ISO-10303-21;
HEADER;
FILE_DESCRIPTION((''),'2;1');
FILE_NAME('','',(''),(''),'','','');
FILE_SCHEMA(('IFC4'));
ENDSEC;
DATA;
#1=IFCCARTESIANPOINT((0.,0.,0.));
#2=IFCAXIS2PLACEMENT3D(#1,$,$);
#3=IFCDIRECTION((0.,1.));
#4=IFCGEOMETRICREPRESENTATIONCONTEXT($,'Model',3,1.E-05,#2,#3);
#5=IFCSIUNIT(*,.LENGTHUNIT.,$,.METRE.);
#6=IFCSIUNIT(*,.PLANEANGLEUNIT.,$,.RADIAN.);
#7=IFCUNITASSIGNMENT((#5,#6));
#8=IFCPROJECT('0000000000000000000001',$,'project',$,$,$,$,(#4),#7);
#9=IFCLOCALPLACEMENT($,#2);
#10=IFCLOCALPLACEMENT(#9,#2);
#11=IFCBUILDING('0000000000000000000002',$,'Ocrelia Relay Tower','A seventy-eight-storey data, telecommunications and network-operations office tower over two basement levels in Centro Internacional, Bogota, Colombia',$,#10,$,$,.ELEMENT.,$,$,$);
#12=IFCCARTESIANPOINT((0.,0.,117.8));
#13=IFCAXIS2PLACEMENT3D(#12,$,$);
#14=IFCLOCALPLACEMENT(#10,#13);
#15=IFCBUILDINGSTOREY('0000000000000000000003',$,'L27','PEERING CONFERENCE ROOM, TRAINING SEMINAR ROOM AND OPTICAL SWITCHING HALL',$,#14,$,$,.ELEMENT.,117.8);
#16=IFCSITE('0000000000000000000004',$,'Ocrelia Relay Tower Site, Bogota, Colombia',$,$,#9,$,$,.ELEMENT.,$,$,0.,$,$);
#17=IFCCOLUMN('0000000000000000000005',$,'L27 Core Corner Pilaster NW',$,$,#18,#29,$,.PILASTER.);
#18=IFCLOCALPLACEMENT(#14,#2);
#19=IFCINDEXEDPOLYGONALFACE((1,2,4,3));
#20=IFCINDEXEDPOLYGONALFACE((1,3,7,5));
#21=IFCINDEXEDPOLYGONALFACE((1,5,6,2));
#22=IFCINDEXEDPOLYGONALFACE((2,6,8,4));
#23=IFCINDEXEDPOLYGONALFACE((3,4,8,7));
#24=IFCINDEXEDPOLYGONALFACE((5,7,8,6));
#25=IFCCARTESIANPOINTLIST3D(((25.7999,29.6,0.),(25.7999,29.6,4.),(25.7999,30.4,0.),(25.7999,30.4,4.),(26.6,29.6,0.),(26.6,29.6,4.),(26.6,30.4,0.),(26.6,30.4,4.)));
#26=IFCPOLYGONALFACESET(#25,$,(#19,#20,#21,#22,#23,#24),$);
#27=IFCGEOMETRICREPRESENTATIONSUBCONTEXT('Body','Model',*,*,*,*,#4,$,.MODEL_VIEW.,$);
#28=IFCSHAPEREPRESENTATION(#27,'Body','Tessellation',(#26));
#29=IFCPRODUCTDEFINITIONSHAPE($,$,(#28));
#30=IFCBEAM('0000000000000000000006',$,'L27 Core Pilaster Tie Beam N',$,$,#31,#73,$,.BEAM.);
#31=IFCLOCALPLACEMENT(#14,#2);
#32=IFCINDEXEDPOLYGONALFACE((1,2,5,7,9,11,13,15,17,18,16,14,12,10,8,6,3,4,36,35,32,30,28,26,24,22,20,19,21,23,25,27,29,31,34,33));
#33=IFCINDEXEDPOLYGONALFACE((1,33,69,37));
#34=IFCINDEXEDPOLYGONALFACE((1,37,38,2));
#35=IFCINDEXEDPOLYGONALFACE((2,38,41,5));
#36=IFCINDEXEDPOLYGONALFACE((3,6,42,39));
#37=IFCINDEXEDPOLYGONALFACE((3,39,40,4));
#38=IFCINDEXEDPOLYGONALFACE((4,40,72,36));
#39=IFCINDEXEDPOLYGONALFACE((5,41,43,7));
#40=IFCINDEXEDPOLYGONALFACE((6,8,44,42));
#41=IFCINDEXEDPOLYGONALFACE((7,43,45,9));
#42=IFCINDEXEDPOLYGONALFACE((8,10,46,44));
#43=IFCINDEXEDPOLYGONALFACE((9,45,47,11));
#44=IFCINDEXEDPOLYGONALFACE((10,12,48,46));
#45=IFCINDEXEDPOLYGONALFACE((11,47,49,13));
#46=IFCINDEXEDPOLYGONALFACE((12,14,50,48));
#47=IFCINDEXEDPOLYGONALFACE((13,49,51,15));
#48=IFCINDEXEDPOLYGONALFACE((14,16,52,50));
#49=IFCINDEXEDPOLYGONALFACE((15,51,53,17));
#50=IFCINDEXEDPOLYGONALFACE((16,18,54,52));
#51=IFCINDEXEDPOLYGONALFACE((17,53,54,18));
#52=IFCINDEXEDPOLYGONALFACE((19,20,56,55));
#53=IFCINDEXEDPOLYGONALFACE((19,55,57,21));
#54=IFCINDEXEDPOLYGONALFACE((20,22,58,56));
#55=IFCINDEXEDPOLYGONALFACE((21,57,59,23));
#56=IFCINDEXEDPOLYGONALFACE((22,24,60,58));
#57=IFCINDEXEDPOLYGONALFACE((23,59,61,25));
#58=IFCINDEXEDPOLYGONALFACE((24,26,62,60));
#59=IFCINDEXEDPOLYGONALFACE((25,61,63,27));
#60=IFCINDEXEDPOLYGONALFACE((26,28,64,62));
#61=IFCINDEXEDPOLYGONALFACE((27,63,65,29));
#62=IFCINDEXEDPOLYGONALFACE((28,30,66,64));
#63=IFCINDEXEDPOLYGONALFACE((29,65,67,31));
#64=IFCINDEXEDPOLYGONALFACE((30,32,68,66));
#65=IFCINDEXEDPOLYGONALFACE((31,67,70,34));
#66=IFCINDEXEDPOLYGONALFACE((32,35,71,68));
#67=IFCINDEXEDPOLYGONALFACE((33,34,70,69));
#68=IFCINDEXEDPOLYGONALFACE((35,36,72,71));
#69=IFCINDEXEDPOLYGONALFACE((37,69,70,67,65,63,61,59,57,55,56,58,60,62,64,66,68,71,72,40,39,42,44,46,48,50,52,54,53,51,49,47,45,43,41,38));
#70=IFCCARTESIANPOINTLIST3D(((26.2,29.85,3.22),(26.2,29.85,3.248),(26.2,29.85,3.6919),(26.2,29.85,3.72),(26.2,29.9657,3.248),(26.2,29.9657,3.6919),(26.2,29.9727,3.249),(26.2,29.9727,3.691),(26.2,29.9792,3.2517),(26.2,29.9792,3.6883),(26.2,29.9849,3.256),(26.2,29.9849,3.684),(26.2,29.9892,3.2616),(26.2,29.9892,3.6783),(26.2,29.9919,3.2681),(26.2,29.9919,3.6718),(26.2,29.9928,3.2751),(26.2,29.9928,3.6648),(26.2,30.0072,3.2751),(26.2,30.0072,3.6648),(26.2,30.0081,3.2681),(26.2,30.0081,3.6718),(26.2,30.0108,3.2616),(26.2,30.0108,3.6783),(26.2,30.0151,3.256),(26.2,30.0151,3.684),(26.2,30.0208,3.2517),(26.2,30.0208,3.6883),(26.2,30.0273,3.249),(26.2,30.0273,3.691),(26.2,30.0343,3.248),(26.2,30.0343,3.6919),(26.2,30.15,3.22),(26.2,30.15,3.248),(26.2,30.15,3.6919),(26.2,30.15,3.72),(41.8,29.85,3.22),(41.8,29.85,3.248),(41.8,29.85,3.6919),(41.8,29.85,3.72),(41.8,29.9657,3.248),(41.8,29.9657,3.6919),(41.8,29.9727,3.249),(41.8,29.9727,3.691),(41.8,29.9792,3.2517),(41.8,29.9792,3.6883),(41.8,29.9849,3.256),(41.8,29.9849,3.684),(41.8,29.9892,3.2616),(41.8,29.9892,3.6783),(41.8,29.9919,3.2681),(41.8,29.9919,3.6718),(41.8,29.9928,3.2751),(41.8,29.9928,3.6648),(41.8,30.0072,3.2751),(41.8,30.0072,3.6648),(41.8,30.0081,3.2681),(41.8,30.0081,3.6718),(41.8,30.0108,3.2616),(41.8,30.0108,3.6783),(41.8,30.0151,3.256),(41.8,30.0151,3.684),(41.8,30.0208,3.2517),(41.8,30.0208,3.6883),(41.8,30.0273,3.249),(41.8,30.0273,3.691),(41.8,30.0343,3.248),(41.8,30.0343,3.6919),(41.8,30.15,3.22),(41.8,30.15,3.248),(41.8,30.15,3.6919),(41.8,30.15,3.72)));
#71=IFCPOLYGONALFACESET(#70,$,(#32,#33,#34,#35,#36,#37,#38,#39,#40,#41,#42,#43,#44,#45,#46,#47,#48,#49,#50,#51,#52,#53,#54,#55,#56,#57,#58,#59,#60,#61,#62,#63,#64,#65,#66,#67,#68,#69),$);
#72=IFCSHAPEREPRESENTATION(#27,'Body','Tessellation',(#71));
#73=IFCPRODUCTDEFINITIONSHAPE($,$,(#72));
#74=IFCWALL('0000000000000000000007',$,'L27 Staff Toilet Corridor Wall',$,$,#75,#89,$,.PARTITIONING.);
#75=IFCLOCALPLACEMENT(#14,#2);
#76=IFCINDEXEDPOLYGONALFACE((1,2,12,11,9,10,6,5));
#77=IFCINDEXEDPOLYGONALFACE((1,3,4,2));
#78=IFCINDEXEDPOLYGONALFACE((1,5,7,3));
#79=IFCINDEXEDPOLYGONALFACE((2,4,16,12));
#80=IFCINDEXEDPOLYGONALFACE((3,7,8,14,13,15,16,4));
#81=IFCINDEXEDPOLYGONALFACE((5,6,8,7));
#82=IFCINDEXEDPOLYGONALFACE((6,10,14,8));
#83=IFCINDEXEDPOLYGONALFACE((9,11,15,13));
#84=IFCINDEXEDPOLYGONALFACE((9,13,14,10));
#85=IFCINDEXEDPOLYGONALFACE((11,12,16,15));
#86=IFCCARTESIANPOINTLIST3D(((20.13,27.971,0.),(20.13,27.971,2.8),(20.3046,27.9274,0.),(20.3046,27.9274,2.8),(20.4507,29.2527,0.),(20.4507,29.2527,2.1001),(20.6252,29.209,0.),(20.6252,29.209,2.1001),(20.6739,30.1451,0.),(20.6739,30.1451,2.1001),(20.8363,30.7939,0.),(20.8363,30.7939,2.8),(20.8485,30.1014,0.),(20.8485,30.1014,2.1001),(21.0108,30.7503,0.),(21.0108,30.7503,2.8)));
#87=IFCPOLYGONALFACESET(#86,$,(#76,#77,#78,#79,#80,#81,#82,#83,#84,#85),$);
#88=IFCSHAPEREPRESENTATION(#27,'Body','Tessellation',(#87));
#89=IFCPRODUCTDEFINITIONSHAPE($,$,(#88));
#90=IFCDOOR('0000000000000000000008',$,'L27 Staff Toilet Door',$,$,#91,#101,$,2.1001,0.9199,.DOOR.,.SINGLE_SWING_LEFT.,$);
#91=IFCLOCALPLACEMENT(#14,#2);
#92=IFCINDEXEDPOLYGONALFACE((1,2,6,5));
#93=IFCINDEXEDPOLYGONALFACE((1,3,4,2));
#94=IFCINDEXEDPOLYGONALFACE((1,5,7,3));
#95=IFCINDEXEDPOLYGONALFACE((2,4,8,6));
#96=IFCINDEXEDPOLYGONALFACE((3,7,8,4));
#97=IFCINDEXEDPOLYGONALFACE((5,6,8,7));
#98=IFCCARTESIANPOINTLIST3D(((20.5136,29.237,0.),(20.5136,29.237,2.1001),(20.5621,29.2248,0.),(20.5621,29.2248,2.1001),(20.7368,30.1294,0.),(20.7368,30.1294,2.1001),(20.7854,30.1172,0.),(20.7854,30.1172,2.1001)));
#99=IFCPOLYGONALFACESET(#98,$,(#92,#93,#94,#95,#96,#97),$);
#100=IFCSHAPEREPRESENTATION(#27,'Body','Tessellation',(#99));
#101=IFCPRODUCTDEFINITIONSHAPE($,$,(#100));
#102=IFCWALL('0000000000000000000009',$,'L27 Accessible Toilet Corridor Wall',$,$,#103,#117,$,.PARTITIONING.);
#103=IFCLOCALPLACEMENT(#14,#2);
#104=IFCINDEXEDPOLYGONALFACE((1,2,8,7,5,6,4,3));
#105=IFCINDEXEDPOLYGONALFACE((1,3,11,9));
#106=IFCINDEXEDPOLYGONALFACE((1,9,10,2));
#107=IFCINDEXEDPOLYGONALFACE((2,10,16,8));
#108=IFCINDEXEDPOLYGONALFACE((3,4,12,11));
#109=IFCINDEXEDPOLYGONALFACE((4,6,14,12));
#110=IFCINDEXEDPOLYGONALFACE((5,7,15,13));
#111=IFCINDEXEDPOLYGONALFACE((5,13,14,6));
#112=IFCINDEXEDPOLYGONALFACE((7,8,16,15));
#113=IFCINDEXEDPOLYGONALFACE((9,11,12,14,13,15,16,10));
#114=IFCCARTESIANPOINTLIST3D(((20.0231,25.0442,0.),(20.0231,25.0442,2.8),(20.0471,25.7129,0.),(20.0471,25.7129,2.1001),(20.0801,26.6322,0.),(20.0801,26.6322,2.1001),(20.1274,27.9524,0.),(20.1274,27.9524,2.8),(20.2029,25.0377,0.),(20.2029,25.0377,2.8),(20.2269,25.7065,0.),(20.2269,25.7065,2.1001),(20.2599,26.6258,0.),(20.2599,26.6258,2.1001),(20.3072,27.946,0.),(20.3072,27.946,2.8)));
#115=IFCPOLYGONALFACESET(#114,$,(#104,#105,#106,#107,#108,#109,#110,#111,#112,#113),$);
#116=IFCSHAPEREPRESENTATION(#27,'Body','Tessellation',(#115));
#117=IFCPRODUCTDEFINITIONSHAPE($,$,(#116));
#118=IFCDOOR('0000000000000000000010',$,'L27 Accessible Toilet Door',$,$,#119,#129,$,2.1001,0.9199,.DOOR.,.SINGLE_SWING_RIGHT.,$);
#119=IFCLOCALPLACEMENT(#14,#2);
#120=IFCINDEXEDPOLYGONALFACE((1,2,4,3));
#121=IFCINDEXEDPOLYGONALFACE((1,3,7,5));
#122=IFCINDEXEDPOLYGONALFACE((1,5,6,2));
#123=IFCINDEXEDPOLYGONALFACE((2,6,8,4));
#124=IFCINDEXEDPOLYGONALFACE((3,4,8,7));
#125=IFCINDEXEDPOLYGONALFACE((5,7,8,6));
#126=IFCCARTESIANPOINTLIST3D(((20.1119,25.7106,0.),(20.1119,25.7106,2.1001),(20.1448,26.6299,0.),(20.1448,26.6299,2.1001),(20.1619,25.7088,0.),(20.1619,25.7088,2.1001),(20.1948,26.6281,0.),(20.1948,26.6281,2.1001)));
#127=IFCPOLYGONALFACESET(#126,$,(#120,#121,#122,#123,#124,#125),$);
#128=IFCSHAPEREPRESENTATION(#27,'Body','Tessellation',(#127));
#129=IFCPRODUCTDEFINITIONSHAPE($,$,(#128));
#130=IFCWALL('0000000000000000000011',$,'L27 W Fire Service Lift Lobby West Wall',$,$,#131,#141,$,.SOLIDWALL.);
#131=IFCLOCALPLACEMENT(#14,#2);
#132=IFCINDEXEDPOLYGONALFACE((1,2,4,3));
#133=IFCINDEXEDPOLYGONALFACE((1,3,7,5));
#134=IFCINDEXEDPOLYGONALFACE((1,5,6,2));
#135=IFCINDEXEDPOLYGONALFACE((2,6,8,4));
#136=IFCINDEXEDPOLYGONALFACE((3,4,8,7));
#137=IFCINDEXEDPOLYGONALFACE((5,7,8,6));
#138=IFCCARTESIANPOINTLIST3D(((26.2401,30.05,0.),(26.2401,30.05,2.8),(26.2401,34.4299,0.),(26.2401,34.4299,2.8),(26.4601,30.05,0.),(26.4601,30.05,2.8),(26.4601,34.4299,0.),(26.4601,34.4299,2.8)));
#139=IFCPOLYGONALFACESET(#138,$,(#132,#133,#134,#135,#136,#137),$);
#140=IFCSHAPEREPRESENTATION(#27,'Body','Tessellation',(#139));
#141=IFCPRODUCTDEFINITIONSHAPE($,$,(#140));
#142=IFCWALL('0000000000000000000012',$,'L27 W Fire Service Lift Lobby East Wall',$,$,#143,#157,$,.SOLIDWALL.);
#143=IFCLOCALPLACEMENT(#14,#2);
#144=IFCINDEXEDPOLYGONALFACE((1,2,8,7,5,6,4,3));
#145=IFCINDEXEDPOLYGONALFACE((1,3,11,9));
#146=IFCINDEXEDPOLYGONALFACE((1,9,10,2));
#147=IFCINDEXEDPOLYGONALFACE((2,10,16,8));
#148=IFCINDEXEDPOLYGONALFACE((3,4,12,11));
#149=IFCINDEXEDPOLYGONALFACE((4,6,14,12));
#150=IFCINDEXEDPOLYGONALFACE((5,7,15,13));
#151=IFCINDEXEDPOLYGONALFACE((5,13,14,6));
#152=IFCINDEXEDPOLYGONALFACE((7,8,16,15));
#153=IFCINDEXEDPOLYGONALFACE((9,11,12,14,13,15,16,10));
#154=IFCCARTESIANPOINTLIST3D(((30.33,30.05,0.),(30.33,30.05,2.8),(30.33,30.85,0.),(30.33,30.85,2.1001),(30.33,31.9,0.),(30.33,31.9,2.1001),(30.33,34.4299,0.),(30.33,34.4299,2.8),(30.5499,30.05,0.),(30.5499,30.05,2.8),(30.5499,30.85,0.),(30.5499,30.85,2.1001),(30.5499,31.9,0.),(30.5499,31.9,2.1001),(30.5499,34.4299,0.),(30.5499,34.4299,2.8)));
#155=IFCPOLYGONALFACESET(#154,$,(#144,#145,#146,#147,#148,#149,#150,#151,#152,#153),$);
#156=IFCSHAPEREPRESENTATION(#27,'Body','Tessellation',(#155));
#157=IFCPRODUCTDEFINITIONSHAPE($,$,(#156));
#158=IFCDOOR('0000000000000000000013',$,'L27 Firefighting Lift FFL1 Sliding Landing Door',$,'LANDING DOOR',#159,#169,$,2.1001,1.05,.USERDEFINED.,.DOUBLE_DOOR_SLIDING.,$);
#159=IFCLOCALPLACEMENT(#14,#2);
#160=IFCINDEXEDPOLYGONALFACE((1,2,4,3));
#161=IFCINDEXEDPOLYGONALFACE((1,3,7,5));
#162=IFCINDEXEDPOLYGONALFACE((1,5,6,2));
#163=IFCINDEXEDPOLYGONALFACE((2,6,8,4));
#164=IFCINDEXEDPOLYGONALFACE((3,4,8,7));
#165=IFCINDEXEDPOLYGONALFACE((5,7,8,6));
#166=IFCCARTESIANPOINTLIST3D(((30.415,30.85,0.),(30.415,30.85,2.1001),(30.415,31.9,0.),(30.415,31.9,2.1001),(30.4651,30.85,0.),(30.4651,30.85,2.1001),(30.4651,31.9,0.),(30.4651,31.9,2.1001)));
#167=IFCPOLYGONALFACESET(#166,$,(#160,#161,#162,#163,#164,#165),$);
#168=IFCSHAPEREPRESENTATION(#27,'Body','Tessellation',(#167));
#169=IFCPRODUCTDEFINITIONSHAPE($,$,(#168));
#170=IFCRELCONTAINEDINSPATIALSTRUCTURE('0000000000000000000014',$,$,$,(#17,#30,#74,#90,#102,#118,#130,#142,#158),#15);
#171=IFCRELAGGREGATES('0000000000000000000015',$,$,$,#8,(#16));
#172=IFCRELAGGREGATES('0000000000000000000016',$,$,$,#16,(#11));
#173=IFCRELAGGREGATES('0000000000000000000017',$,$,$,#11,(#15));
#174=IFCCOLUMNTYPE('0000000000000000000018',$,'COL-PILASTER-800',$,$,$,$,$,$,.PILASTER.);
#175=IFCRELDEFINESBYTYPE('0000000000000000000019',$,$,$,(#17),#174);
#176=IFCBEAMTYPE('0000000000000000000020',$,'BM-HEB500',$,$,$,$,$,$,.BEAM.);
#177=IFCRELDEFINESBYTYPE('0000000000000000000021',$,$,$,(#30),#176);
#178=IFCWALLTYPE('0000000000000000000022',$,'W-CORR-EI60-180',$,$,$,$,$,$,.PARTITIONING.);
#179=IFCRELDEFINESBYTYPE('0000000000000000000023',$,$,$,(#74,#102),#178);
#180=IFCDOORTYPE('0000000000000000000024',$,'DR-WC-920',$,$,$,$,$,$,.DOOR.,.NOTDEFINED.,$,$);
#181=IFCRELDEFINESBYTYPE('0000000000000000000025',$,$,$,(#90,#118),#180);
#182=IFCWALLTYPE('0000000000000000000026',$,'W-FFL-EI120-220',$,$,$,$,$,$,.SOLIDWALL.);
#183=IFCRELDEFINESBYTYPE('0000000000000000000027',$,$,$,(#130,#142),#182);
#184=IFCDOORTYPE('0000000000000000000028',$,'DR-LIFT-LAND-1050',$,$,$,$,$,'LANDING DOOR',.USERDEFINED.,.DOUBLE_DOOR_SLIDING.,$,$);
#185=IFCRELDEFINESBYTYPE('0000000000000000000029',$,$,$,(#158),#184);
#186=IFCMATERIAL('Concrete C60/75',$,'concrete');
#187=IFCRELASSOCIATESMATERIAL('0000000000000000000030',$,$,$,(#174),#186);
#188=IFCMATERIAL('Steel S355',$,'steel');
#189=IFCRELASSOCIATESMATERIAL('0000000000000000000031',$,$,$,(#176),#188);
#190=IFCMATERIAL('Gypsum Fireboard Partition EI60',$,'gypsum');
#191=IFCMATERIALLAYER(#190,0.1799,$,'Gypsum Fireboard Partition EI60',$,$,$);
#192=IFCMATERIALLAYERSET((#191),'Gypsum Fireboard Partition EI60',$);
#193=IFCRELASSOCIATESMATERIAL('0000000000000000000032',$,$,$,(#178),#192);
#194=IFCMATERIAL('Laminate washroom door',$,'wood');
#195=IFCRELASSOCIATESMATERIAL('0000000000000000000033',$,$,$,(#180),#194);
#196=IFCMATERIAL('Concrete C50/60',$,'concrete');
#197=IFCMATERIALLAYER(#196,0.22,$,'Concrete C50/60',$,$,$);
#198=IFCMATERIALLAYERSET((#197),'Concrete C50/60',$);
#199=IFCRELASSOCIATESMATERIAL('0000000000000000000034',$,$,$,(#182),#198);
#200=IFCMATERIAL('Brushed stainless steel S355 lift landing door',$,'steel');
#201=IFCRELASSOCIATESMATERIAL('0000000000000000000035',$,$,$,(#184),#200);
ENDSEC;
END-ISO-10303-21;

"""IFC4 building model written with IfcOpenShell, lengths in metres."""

from ifc_helpers import new_model, si_unit, direction, frame, frame_2d, origin, origin_2d, place, context, subcontext, project, spatial, rectangle, i_section, extrude, material, layer, layer_set, material_profile, profile_set, type_object, element, fill, save


model = new_model("IFC4")

# Units and contexts
model_context = context("Model", 3, precision=1e-05, world=origin(), true_north=direction((0.0, 1.0)))
body_context = subcontext(model_context, "Body", "Model", "MODEL_VIEW")
ifc_project = project(units=[si_unit("LENGTHUNIT", "METRE"), si_unit("PLANEANGLEUNIT", "RADIAN")], contexts=[model_context])

# Site, building, storey
site_placement = place(None, origin())
site = spatial("IfcSite", under=ifc_project, at=site_placement, Name="Ocrelia Relay Tower Site, Bogota, Colombia", CompositionType="ELEMENT", RefElevation=0.0)
building_placement = place(site_placement, origin())
building = spatial("IfcBuilding", under=site, at=building_placement, Name="Ocrelia Relay Tower", Description="A seventy-eight-storey data, telecommunications and network-operations office tower over two basement levels in Centro Internacional, Bogota, Colombia", CompositionType="ELEMENT")
storey_placement = place(building_placement, frame((0.0, 0.0, 117.8)))
storey = spatial("IfcBuildingStorey", under=building, at=storey_placement, Name="L27", Description="PEERING CONFERENCE ROOM, TRAINING SEMINAR ROOM AND OPTICAL SWITCHING HALL", CompositionType="ELEMENT", Elevation=117.8)

# Column
ifc_material_1 = material(Name="Concrete C60/75", Category="concrete")
ifc_material_profile_1 = material_profile(ifc_material_1, rectangle(XDim=0.8, YDim=0.8, at=origin_2d()), Name="RC-COL-800x800")
ifc_profile_set_1 = profile_set([ifc_material_profile_1], Name="Concrete C60/75")
column_type = type_object("IfcColumnType", Name="COL-PILASTER-800", PredefinedType="PILASTER", material=ifc_profile_set_1)
column_placement = place(storey_placement, frame((26.2, 30.0, 0.0), z_axis=(0.0, 0.0, 1.0), x_axis=(1.0, 0.0, 0.0)))
element("IfcColumn", 1, at=column_placement, inside=storey, type_object=column_type, Name="L27 Core Corner Pilaster NW", PredefinedType="PILASTER", context=body_context, shape_type="SweptSolid", body=[
    extrude(rectangle(XDim=0.8, YDim=0.8, at=origin_2d()), origin(), (0.0, 0.0, 1.0), 4.0),
])

# Beam
ifc_material_2 = material(Name="Steel S355", Category="steel")
ifc_material_profile_2 = material_profile(ifc_material_2, i_section(OverallWidth=0.3, OverallDepth=0.5, WebThickness=0.0144, FlangeThickness=0.0281, FilletRadius=0.0271, at=origin_2d()), Name="HEB 500")
ifc_profile_set_2 = profile_set([ifc_material_profile_2], Name="Steel S355")
beam_type = type_object("IfcBeamType", Name="BM-HEB500", PredefinedType="BEAM", material=ifc_profile_set_2)
beam_placement = place(storey_placement, frame((26.2, 30.0, 3.47), z_axis=(1.0, 0.0, 0.0), x_axis=(0.0, 1.0, 0.0)))
element("IfcBeam", 2, at=beam_placement, inside=storey, type_object=beam_type, Name="L27 Core Pilaster Tie Beam N", PredefinedType="BEAM", context=body_context, shape_type="SweptSolid", body=[
    extrude(i_section(OverallWidth=0.3, OverallDepth=0.5, WebThickness=0.0144, FlangeThickness=0.0281, FilletRadius=0.0271, at=origin_2d()), origin(), (0.0, 0.0, 1.0), 15.6001),
])

# Walls, openings, doors
ifc_material_3 = material(Name="Gypsum Fireboard Partition EI60", Category="gypsum")
ifc_layer_1 = layer(ifc_material_3, 0.1799, Name="Gypsum Fireboard Partition EI60")
ifc_layer_set_1 = layer_set([ifc_layer_1], Name="Gypsum Fireboard Partition EI60")
wall_type_1 = type_object("IfcWallType", Name="W-CORR-EI60-180", PredefinedType="PARTITIONING", material=ifc_layer_set_1)
wall_1_placement = place(storey_placement, frame((20.9236, 30.7722, 0.0), z_axis=(0.0, 0.0, 1.0), x_axis=(-0.242713, -0.970098, 0.0)))
wall_1 = element("IfcWall", 3, at=wall_1_placement, inside=storey, type_object=wall_type_1, Name="L27 Staff Toilet Corridor Wall", PredefinedType="PARTITIONING", context=body_context, shape_type="SweptSolid", body=[
    extrude(rectangle(XDim=2.9099, YDim=0.1799, at=frame_2d((1.4551, 0.0))), origin(), (0.0, 0.0, 1.0), 2.8),
])
opening_1_placement = place(wall_1_placement, frame((0.6689, 0.0, 0.0)))
opening_1 = element("IfcOpeningElement", 4, at=opening_1_placement, cuts=wall_1, PredefinedType="OPENING", context=body_context, shape_type="SweptSolid", body=[
    extrude(rectangle(XDim=0.9199, YDim=2.1001, at=frame_2d((0.46, 1.05))), frame((0.0, 0.1001, 0.0), z_axis=(0.0, -1.0, 0.0), x_axis=(1.0, 0.0, 0.0)), (0.0, 0.0, 1.0), 0.2),
])
ifc_material_4 = material(Name="Laminate washroom door", Category="wood")
door_type_1 = type_object("IfcDoorType", Name="DR-WC-920", OperationType="NOTDEFINED", PredefinedType="DOOR", material=ifc_material_4)
door_1_placement = place(opening_1_placement, origin())
door_1 = element("IfcDoor", 5, at=door_1_placement, inside=storey, type_object=door_type_1, Name="L27 Staff Toilet Door", OperationType="SINGLE_SWING_LEFT", OverallHeight=2.1001, OverallWidth=0.9199, PredefinedType="DOOR", context=body_context, shape_type="SweptSolid", body=[
    extrude(rectangle(XDim=0.9199, YDim=2.1001, at=frame_2d((0.46, 1.05))), frame((0.0, 0.0249, 0.0), z_axis=(0.0, -1.0, 0.0), x_axis=(1.0, 0.0, 0.0)), (0.0, 0.0, 1.0), 0.05),
])
fill(opening_1, door_1)
wall_2_placement = place(storey_placement, frame((20.2173, 27.9492, 0.0), z_axis=(0.0, 0.0, 1.0), x_axis=(-0.035823, -0.999358, 0.0)))
wall_2 = element("IfcWall", 6, at=wall_2_placement, inside=storey, type_object=wall_type_1, Name="L27 Accessible Toilet Corridor Wall", PredefinedType="PARTITIONING", context=body_context, shape_type="SweptSolid", body=[
    extrude(rectangle(XDim=2.9102, YDim=0.1799, at=frame_2d((1.4551, 0.0))), origin(), (0.0, 0.0, 1.0), 2.8),
])
opening_2_placement = place(wall_2_placement, frame((1.321, 0.0, 0.0)))
opening_2 = element("IfcOpeningElement", 7, at=opening_2_placement, cuts=wall_2, PredefinedType="OPENING", context=body_context, shape_type="SweptSolid", body=[
    extrude(rectangle(XDim=0.9199, YDim=2.1001, at=frame_2d((0.46, 1.05))), frame((0.0, 0.1001, 0.0), z_axis=(0.0, -1.0, 0.0), x_axis=(1.0, 0.0, 0.0)), (0.0, 0.0, 1.0), 0.2),
])
door_2_placement = place(opening_2_placement, origin())
door_2 = element("IfcDoor", 8, at=door_2_placement, inside=storey, type_object=door_type_1, Name="L27 Accessible Toilet Door", OperationType="SINGLE_SWING_RIGHT", OverallHeight=2.1001, OverallWidth=0.9199, PredefinedType="DOOR", context=body_context, shape_type="SweptSolid", body=[
    extrude(rectangle(XDim=0.9199, YDim=2.1001, at=frame_2d((0.46, 1.05))), frame((0.0, 0.0249, 0.0), z_axis=(0.0, -1.0, 0.0), x_axis=(1.0, 0.0, 0.0)), (0.0, 0.0, 1.0), 0.05),
])
fill(opening_2, door_2)

# Wall
ifc_material_5 = material(Name="Concrete C50/60", Category="concrete")
ifc_layer_2 = layer(ifc_material_5, 0.22, Name="Concrete C50/60")
ifc_layer_set_2 = layer_set([ifc_layer_2], Name="Concrete C50/60")
wall_type_2 = type_object("IfcWallType", Name="W-FFL-EI120-220", PredefinedType="SOLIDWALL", material=ifc_layer_set_2)
wall_3_placement = place(storey_placement, frame((26.3501, 30.05, 0.0), z_axis=(0.0, 0.0, 1.0), x_axis=(0.0, 1.0, 0.0)))
element("IfcWall", 9, at=wall_3_placement, inside=storey, type_object=wall_type_2, Name="L27 W Fire Service Lift Lobby West Wall", PredefinedType="SOLIDWALL", context=body_context, shape_type="SweptSolid", body=[
    extrude(rectangle(XDim=4.3799, YDim=0.22, at=frame_2d((2.1899, 0.0))), origin(), (0.0, 0.0, 1.0), 2.8),
])

# Wall, opening, door
wall_4_placement = place(storey_placement, frame((30.4399, 30.05, 0.0), z_axis=(0.0, 0.0, 1.0), x_axis=(0.0, 1.0, 0.0)))
wall_4 = element("IfcWall", 10, at=wall_4_placement, inside=storey, type_object=wall_type_2, Name="L27 W Fire Service Lift Lobby East Wall", PredefinedType="SOLIDWALL", context=body_context, shape_type="SweptSolid", body=[
    extrude(rectangle(XDim=4.3799, YDim=0.22, at=frame_2d((2.1899, 0.0))), origin(), (0.0, 0.0, 1.0), 2.8),
])
opening_3_placement = place(wall_4_placement, frame((0.8, 0.0, 0.0)))
opening_3 = element("IfcOpeningElement", 11, at=opening_3_placement, cuts=wall_4, PredefinedType="OPENING", context=body_context, shape_type="SweptSolid", body=[
    extrude(rectangle(XDim=1.05, YDim=2.1001, at=frame_2d((0.5249, 1.05))), frame((0.0, 0.1201, 0.0), z_axis=(0.0, -1.0, 0.0), x_axis=(1.0, 0.0, 0.0)), (0.0, 0.0, 1.0), 0.24),
])
ifc_material_6 = material(Name="Brushed stainless steel S355 lift landing door", Category="steel")
door_type_2 = type_object("IfcDoorType", Name="DR-LIFT-LAND-1050", ElementType="LANDING DOOR", OperationType="DOUBLE_DOOR_SLIDING", PredefinedType="USERDEFINED", material=ifc_material_6)
door_3_placement = place(opening_3_placement, origin())
door_3 = element("IfcDoor", 12, at=door_3_placement, inside=storey, type_object=door_type_2, Name="L27 Firefighting Lift FFL1 Sliding Landing Door", ObjectType="LANDING DOOR", OperationType="DOUBLE_DOOR_SLIDING", OverallHeight=2.1001, OverallWidth=1.05, PredefinedType="USERDEFINED", context=body_context, shape_type="SweptSolid", body=[
    extrude(rectangle(XDim=1.05, YDim=2.1001, at=frame_2d((0.5249, 1.05))), frame((0.0, 0.0249, 0.0), z_axis=(0.0, -1.0, 0.0), x_axis=(1.0, 0.0, 0.0)), (0.0, 0.0, 1.0), 0.05),
])
fill(opening_3, door_3)

save(model, "model.ifc")
